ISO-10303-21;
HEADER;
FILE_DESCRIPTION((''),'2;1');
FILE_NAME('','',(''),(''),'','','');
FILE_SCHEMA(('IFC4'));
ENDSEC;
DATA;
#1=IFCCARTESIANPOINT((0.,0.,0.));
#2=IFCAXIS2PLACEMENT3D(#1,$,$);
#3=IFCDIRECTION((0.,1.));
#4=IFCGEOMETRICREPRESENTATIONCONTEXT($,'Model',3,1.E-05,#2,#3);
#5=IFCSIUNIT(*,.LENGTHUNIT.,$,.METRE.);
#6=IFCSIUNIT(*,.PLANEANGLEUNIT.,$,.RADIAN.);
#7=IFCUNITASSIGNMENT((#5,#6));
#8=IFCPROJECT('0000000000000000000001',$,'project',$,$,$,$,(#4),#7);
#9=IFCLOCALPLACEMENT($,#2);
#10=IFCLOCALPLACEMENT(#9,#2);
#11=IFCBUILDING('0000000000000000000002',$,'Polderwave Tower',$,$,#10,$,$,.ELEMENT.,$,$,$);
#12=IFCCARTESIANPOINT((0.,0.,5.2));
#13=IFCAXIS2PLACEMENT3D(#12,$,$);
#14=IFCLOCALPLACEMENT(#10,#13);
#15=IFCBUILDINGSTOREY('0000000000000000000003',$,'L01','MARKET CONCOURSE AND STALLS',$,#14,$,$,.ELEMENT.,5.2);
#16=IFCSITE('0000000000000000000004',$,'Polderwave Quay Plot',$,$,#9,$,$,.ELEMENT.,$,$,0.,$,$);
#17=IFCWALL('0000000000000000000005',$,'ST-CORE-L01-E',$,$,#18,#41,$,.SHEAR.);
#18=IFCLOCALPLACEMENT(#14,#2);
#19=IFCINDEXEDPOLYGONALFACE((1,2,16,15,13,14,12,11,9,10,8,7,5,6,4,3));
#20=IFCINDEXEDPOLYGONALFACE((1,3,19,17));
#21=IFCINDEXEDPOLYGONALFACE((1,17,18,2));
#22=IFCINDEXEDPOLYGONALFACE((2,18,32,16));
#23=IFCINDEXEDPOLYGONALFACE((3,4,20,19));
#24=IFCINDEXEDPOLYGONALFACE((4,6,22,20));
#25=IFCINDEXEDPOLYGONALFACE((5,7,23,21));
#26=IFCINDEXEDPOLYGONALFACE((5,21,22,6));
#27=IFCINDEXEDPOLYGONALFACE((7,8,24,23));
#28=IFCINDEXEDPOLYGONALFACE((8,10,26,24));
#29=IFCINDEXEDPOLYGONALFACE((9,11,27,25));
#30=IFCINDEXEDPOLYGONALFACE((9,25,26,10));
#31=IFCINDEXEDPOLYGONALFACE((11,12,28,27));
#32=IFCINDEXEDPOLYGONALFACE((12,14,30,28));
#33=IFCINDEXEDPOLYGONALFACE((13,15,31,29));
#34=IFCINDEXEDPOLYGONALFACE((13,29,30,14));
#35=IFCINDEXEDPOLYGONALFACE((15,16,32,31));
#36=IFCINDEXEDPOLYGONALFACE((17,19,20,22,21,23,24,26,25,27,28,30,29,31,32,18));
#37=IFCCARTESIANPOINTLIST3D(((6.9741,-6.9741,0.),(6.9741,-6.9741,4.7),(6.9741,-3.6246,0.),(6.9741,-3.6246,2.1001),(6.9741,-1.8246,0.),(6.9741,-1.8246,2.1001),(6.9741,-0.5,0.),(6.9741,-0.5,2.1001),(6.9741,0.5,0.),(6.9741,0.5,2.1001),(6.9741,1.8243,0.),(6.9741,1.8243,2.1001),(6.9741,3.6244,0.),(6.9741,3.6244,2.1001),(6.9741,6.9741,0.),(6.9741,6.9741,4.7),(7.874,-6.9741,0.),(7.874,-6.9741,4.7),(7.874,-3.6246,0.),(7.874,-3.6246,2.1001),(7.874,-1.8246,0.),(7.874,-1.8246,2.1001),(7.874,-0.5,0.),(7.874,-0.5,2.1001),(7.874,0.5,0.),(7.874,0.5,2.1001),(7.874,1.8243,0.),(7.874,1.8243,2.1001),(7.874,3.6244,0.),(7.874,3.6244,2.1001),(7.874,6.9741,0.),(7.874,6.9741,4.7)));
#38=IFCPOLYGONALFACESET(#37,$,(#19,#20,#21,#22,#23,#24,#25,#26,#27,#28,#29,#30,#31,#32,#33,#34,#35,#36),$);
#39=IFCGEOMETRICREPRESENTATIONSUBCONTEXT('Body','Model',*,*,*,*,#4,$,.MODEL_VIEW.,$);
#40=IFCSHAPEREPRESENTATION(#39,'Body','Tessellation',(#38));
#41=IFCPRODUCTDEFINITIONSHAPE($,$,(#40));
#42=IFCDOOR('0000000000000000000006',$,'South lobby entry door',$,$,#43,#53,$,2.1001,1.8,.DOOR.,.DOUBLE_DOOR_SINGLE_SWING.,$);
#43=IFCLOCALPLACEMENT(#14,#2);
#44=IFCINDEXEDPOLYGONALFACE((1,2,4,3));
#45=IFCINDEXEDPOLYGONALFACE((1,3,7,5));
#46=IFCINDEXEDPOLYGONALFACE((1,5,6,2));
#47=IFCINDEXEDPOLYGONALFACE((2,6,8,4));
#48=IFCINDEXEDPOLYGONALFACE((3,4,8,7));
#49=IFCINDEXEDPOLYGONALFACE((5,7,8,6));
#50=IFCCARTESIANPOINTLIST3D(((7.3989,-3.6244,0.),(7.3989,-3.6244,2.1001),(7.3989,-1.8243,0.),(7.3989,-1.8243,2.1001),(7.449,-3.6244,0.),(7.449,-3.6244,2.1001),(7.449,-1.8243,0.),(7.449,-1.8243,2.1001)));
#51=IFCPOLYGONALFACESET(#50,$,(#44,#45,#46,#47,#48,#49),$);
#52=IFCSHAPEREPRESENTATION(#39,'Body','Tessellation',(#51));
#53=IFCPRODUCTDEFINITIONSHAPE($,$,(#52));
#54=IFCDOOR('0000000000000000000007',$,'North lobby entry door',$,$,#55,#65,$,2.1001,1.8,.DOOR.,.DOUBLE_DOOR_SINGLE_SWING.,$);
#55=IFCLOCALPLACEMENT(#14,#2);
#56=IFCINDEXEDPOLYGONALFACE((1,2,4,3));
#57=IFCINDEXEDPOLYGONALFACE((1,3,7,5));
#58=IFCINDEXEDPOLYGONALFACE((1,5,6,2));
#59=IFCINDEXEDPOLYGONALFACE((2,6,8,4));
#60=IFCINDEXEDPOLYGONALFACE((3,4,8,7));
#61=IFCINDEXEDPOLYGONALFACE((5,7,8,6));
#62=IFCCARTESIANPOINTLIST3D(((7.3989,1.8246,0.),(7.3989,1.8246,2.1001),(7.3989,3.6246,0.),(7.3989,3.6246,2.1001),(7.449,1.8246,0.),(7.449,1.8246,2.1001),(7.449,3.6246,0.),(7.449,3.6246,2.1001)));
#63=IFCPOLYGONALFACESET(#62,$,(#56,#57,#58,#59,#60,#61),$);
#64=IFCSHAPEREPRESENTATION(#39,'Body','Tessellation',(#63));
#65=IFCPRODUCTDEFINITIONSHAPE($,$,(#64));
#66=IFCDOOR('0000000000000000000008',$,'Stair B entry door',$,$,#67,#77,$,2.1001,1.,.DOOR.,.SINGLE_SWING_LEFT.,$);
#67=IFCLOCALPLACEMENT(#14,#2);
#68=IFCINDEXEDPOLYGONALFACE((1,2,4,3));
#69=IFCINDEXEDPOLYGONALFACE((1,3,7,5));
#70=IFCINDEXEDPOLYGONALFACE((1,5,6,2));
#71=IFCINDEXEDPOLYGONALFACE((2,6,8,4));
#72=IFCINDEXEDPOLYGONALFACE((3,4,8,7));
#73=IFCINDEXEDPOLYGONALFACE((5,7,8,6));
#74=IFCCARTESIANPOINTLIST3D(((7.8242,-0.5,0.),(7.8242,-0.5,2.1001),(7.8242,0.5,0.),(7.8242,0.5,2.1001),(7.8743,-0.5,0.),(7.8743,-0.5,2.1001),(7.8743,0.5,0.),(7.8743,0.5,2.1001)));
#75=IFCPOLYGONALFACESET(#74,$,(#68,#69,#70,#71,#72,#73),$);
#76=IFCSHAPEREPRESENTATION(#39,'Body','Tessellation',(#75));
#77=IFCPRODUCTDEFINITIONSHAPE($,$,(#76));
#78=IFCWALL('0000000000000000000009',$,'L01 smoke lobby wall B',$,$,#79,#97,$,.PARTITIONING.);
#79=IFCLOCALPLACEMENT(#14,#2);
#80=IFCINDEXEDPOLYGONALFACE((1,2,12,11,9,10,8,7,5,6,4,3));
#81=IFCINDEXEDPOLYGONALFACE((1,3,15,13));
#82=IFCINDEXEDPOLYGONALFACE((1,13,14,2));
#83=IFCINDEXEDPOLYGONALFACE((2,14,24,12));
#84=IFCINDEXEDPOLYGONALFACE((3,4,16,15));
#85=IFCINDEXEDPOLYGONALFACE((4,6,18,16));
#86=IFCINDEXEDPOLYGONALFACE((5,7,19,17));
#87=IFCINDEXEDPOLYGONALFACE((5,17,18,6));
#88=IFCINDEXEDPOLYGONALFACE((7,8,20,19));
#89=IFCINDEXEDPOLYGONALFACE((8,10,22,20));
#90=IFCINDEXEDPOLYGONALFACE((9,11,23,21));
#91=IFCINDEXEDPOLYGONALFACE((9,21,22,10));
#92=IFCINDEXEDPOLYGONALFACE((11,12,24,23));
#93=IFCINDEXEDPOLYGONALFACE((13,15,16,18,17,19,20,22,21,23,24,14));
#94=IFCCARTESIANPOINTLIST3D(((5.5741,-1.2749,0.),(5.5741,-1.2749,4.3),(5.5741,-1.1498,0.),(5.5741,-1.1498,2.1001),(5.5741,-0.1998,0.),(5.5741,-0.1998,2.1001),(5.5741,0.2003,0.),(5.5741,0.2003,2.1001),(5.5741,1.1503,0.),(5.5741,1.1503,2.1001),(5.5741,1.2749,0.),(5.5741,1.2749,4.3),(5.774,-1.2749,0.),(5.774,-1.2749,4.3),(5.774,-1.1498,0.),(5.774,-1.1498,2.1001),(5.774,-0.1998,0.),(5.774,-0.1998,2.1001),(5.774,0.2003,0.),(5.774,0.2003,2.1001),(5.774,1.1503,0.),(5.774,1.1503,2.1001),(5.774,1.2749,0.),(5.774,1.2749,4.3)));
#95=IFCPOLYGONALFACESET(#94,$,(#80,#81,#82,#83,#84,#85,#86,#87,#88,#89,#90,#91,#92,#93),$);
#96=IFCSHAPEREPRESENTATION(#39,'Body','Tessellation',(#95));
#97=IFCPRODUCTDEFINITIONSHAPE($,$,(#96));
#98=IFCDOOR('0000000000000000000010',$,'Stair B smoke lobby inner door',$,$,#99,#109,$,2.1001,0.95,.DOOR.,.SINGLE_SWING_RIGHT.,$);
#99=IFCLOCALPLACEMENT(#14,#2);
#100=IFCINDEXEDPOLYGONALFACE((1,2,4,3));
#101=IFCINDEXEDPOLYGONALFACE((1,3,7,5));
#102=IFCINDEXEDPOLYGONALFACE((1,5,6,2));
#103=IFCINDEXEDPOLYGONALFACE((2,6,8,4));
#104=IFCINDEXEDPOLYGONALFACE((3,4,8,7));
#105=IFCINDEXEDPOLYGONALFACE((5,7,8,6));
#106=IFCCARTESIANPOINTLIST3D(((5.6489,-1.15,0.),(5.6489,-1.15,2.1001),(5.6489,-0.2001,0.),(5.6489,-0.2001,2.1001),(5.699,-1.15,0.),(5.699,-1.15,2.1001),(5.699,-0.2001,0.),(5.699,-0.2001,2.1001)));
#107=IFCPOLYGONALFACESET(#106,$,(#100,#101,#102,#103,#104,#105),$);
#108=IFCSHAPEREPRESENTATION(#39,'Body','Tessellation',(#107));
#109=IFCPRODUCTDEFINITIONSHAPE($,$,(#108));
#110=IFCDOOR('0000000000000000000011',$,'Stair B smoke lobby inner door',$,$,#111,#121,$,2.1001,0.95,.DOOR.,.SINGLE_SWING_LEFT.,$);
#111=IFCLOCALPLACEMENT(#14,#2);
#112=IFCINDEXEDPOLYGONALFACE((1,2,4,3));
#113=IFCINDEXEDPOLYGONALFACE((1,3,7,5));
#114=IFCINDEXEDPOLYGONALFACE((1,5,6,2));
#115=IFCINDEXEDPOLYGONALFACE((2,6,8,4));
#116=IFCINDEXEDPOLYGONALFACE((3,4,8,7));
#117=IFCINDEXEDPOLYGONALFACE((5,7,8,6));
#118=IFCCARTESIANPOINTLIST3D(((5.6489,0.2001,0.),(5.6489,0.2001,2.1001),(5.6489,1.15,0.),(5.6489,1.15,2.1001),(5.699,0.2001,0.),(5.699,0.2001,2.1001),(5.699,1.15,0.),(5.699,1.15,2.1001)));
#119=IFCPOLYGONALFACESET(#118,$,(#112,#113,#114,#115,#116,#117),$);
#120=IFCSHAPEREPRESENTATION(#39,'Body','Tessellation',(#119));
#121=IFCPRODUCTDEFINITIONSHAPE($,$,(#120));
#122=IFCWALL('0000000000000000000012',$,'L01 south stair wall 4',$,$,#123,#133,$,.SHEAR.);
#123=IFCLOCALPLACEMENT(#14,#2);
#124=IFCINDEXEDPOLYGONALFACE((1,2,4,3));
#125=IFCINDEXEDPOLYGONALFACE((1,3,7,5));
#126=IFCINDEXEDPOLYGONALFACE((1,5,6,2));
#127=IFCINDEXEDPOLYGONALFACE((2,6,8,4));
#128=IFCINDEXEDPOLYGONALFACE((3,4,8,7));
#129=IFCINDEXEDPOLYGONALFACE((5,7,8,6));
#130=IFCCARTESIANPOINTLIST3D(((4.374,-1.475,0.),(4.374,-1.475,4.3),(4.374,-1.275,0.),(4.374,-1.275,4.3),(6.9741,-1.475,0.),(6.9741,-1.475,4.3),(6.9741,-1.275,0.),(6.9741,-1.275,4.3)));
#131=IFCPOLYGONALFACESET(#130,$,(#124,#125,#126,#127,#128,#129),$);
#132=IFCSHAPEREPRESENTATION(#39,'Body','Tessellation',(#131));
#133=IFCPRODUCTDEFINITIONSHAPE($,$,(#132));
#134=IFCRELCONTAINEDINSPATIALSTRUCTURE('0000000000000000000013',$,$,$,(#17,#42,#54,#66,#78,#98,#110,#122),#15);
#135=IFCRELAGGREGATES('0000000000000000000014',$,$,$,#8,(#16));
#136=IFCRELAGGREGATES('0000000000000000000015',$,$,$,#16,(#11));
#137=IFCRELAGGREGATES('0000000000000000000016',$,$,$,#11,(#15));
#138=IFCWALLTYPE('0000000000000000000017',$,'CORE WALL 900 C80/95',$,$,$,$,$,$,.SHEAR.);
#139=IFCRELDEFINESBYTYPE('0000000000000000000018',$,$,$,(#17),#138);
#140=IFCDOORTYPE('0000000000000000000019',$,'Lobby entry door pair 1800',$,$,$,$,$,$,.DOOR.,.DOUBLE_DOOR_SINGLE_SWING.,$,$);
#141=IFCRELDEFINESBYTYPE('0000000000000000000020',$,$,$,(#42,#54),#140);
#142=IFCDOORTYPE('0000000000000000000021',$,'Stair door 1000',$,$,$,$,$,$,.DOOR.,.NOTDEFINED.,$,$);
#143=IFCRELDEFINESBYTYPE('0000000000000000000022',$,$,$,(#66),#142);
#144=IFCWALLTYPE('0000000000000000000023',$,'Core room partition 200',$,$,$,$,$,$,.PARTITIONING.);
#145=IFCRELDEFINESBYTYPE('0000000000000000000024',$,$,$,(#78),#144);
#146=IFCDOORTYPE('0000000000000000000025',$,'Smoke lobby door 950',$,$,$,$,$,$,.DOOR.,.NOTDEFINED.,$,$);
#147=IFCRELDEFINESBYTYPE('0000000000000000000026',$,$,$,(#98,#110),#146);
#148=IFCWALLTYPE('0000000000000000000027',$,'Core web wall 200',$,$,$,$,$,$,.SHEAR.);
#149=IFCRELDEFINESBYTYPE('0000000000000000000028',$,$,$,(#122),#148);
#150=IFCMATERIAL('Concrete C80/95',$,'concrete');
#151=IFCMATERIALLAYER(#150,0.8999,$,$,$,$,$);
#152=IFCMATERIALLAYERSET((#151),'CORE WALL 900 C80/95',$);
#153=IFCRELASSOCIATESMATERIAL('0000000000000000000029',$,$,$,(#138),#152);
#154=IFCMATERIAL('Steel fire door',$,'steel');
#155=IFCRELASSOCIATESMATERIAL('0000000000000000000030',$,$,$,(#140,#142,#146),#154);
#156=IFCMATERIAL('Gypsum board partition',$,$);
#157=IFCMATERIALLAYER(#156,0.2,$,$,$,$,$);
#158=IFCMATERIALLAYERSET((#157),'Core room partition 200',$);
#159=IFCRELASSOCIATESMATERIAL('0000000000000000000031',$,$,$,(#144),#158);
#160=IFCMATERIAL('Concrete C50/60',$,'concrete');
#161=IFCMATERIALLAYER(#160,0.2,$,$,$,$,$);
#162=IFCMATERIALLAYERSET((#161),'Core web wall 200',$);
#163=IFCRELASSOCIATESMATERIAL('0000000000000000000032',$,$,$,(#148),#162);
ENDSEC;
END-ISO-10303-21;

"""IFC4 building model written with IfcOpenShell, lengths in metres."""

from ifc_helpers import new_model, si_unit, direction, frame, frame_2d, origin, place, context, subcontext, project, spatial, rectangle, extrude, material, layer, layer_set, type_object, element, fill, save


model = new_model("IFC4")

# Units and contexts
model_context = context("Model", 3, precision=1e-05, world=origin(), true_north=direction((0.0, 1.0)))
body_context = subcontext(model_context, "Body", "Model", "MODEL_VIEW")
ifc_project = project(units=[si_unit("LENGTHUNIT", "METRE"), si_unit("PLANEANGLEUNIT", "RADIAN")], contexts=[model_context])

# Site, building, storey
site_placement = place(None, origin())
site = spatial("IfcSite", under=ifc_project, at=site_placement, Name="Polderwave Quay Plot", CompositionType="ELEMENT", RefElevation=0.0)
building_placement = place(site_placement, origin())
building = spatial("IfcBuilding", under=site, at=building_placement, Name="Polderwave Tower", CompositionType="ELEMENT")
storey_placement = place(building_placement, frame((0.0, 0.0, 5.2)))
storey = spatial("IfcBuildingStorey", under=building, at=storey_placement, Name="L01", Description="MARKET CONCOURSE AND STALLS", CompositionType="ELEMENT", Elevation=5.2)

# Walls, openings, doors
ifc_material_1 = material(Name="Concrete C80/95", Category="concrete")
ifc_layer_1 = layer(ifc_material_1, 0.8999)
ifc_layer_set_1 = layer_set([ifc_layer_1], Name="CORE WALL 900 C80/95")
wall_type_1 = type_object("IfcWallType", Name="CORE WALL 900 C80/95", PredefinedType="SHEAR", material=ifc_layer_set_1)
wall_1_placement = place(storey_placement, frame((7.4241, -6.9741, 0.0), z_axis=(0.0, 0.0, 1.0), x_axis=(0.0, 1.0, 0.0)))
wall_1 = element("IfcWall", 1, at=wall_1_placement, inside=storey, type_object=wall_type_1, Name="ST-CORE-L01-E", PredefinedType="SHEAR", context=body_context, shape_type="SweptSolid", body=[
    extrude(rectangle(XDim=13.9482, YDim=0.8999, at=frame_2d((6.9741, 0.0))), origin(), (0.0, 0.0, 1.0), 4.7),
])
opening_1_placement = place(wall_1_placement, frame((6.4741, 0.0, 0.0)))
opening_1 = element("IfcOpeningElement", 2, at=opening_1_placement, cuts=wall_1, PredefinedType="OPENING", context=body_context, shape_type="SweptSolid", body=[
    extrude(rectangle(XDim=1.0, YDim=2.1001, at=frame_2d((0.5, 1.05))), frame((0.0, 0.46, 0.0), z_axis=(0.0, -1.0, 0.0), x_axis=(1.0, 0.0, 0.0)), (0.0, 0.0, 1.0), 0.9199),
])
opening_2_placement = place(wall_1_placement, frame((3.3496, 0.0, 0.0)))
opening_2 = element("IfcOpeningElement", 3, at=opening_2_placement, cuts=wall_1, PredefinedType="OPENING", context=body_context, shape_type="SweptSolid", body=[
    extrude(rectangle(XDim=1.8, YDim=2.1001, at=frame_2d((0.8999, 1.05))), frame((0.0, 0.46, 0.0), z_axis=(0.0, -1.0, 0.0), x_axis=(1.0, 0.0, 0.0)), (0.0, 0.0, 1.0), 0.9199),
])
opening_3_placement = place(wall_1_placement, frame((8.7986, 0.0, 0.0)))
opening_3 = element("IfcOpeningElement", 4, at=opening_3_placement, cuts=wall_1, PredefinedType="OPENING", context=body_context, shape_type="SweptSolid", body=[
    extrude(rectangle(XDim=1.8, YDim=2.1001, at=frame_2d((0.8999, 1.05))), frame((0.0, 0.46, 0.0), z_axis=(0.0, -1.0, 0.0), x_axis=(1.0, 0.0, 0.0)), (0.0, 0.0, 1.0), 0.9199),
])
ifc_material_2 = material(Name="Steel fire door", Category="steel")
door_type_1 = type_object("IfcDoorType", Name="Lobby entry door pair 1800", OperationType="DOUBLE_DOOR_SINGLE_SWING", PredefinedType="DOOR", material=ifc_material_2)
door_1_placement = place(opening_2_placement, frame((1.8, 0.0, 0.0), z_axis=(0.0, 0.0, 1.0), x_axis=(-1.0, 0.0, 0.0)))
door_1 = element("IfcDoor", 5, at=door_1_placement, inside=storey, type_object=door_type_1, Name="South lobby entry door", OperationType="DOUBLE_DOOR_SINGLE_SWING", OverallHeight=2.1001, OverallWidth=1.8, PredefinedType="DOOR", context=body_context, shape_type="SweptSolid", body=[
    extrude(rectangle(XDim=1.8, YDim=2.1001, at=frame_2d((0.8999, 1.05))), frame((0.0, 0.0249, 0.0), z_axis=(0.0, -1.0, 0.0), x_axis=(1.0, 0.0, 0.0)), (0.0, 0.0, 1.0), 0.05),
])
fill(opening_2, door_1)
door_2_placement = place(opening_3_placement, frame((1.8, 0.0, 0.0), z_axis=(0.0, 0.0, 1.0), x_axis=(-1.0, 0.0, 0.0)))
door_2 = element("IfcDoor", 6, at=door_2_placement, inside=storey, type_object=door_type_1, Name="North lobby entry door", OperationType="DOUBLE_DOOR_SINGLE_SWING", OverallHeight=2.1001, OverallWidth=1.8, PredefinedType="DOOR", context=body_context, shape_type="SweptSolid", body=[
    extrude(rectangle(XDim=1.8, YDim=2.1001, at=frame_2d((0.8999, 1.05))), frame((0.0, 0.0249, 0.0), z_axis=(0.0, -1.0, 0.0), x_axis=(1.0, 0.0, 0.0)), (0.0, 0.0, 1.0), 0.05),
])
fill(opening_3, door_2)
door_type_2 = type_object("IfcDoorType", Name="Stair door 1000", OperationType="NOTDEFINED", PredefinedType="DOOR", material=ifc_material_2)
door_3_placement = place(opening_1_placement, frame((1.0, 0.0, 0.0), z_axis=(0.0, 0.0, 1.0), x_axis=(-1.0, 0.0, 0.0)))
door_3 = element("IfcDoor", 7, at=door_3_placement, inside=storey, type_object=door_type_2, Name="Stair B entry door", OperationType="SINGLE_SWING_LEFT", OverallHeight=2.1001, OverallWidth=1.0, PredefinedType="DOOR", context=body_context, shape_type="SweptSolid", body=[
    extrude(rectangle(XDim=1.0, YDim=2.1001, at=frame_2d((0.5, 1.05))), frame((0.0, 0.4502, 0.0), z_axis=(0.0, -1.0, 0.0), x_axis=(1.0, 0.0, 0.0)), (0.0, 0.0, 1.0), 0.05),
])
fill(opening_1, door_3)
ifc_material_3 = material(Name="Gypsum board partition")
ifc_layer_2 = layer(ifc_material_3, 0.2)
ifc_layer_set_2 = layer_set([ifc_layer_2], Name="Core room partition 200")
wall_type_2 = type_object("IfcWallType", Name="Core room partition 200", PredefinedType="PARTITIONING", material=ifc_layer_set_2)
wall_2_placement = place(storey_placement, frame((5.6741, -1.2749, 0.0), z_axis=(0.0, 0.0, 1.0), x_axis=(0.0, 1.0, 0.0)))
wall_2 = element("IfcWall", 8, at=wall_2_placement, inside=storey, type_object=wall_type_2, Name="L01 smoke lobby wall B", PredefinedType="PARTITIONING", context=body_context, shape_type="SweptSolid", body=[
    extrude(rectangle(XDim=2.5498, YDim=0.2, at=frame_2d((1.2749, 0.0))), origin(), (0.0, 0.0, 1.0), 4.3),
])
opening_4_placement = place(wall_2_placement, frame((0.125, 0.0, 0.0)))
opening_4 = element("IfcOpeningElement", 9, at=opening_4_placement, cuts=wall_2, PredefinedType="OPENING", context=body_context, shape_type="SweptSolid", body=[
    extrude(rectangle(XDim=0.95, YDim=2.1001, at=frame_2d((0.4751, 1.05))), frame((0.0, 0.1099, 0.0), z_axis=(0.0, -1.0, 0.0), x_axis=(1.0, 0.0, 0.0)), (0.0, 0.0, 1.0), 0.22),
])
opening_5_placement = place(wall_2_placement, frame((1.4751, 0.0, 0.0)))
opening_5 = element("IfcOpeningElement", 10, at=opening_5_placement, cuts=wall_2, PredefinedType="OPENING", context=body_context, shape_type="SweptSolid", body=[
    extrude(rectangle(XDim=0.95, YDim=2.1001, at=frame_2d((0.4751, 1.05))), frame((0.0, 0.1099, 0.0), z_axis=(0.0, -1.0, 0.0), x_axis=(1.0, 0.0, 0.0)), (0.0, 0.0, 1.0), 0.22),
])
door_type_3 = type_object("IfcDoorType", Name="Smoke lobby door 950", OperationType="NOTDEFINED", PredefinedType="DOOR", material=ifc_material_2)
door_4_placement = place(opening_4_placement, frame((0.95, 0.0, 0.0), z_axis=(0.0, 0.0, 1.0), x_axis=(-1.0, 0.0, 0.0)))
door_4 = element("IfcDoor", 11, at=door_4_placement, inside=storey, type_object=door_type_3, Name="Stair B smoke lobby inner door", OperationType="SINGLE_SWING_RIGHT", OverallHeight=2.1001, OverallWidth=0.95, PredefinedType="DOOR", context=body_context, shape_type="SweptSolid", body=[
    extrude(rectangle(XDim=0.95, YDim=2.1001, at=frame_2d((0.4751, 1.05))), frame((0.0, 0.0249, 0.0), z_axis=(0.0, -1.0, 0.0), x_axis=(1.0, 0.0, 0.0)), (0.0, 0.0, 1.0), 0.05),
])
fill(opening_4, door_4)
door_5_placement = place(opening_5_placement, frame((0.95, 0.0, 0.0), z_axis=(0.0, 0.0, 1.0), x_axis=(-1.0, 0.0, 0.0)))
door_5 = element("IfcDoor", 12, at=door_5_placement, inside=storey, type_object=door_type_3, Name="Stair B smoke lobby inner door", OperationType="SINGLE_SWING_LEFT", OverallHeight=2.1001, OverallWidth=0.95, PredefinedType="DOOR", context=body_context, shape_type="SweptSolid", body=[
    extrude(rectangle(XDim=0.95, YDim=2.1001, at=frame_2d((0.4751, 1.05))), frame((0.0, 0.0249, 0.0), z_axis=(0.0, -1.0, 0.0), x_axis=(1.0, 0.0, 0.0)), (0.0, 0.0, 1.0), 0.05),
])
fill(opening_5, door_5)

# Wall
ifc_material_4 = material(Name="Concrete C50/60", Category="concrete")
ifc_layer_3 = layer(ifc_material_4, 0.2)
ifc_layer_set_3 = layer_set([ifc_layer_3], Name="Core web wall 200")
wall_type_3 = type_object("IfcWallType", Name="Core web wall 200", PredefinedType="SHEAR", material=ifc_layer_set_3)
wall_3_placement = place(storey_placement, frame((4.374, -1.375, 0.0), z_axis=(0.0, 0.0, 1.0), x_axis=(1.0, 0.0, 0.0)))
element("IfcWall", 13, at=wall_3_placement, inside=storey, type_object=wall_type_3, Name="L01 south stair wall 4", PredefinedType="SHEAR", context=body_context, shape_type="SweptSolid", body=[
    extrude(rectangle(XDim=2.6001, YDim=0.2, at=frame_2d((1.3, 0.0))), origin(), (0.0, 0.0, 1.0), 4.3),
])

save(model, "model.ifc")
